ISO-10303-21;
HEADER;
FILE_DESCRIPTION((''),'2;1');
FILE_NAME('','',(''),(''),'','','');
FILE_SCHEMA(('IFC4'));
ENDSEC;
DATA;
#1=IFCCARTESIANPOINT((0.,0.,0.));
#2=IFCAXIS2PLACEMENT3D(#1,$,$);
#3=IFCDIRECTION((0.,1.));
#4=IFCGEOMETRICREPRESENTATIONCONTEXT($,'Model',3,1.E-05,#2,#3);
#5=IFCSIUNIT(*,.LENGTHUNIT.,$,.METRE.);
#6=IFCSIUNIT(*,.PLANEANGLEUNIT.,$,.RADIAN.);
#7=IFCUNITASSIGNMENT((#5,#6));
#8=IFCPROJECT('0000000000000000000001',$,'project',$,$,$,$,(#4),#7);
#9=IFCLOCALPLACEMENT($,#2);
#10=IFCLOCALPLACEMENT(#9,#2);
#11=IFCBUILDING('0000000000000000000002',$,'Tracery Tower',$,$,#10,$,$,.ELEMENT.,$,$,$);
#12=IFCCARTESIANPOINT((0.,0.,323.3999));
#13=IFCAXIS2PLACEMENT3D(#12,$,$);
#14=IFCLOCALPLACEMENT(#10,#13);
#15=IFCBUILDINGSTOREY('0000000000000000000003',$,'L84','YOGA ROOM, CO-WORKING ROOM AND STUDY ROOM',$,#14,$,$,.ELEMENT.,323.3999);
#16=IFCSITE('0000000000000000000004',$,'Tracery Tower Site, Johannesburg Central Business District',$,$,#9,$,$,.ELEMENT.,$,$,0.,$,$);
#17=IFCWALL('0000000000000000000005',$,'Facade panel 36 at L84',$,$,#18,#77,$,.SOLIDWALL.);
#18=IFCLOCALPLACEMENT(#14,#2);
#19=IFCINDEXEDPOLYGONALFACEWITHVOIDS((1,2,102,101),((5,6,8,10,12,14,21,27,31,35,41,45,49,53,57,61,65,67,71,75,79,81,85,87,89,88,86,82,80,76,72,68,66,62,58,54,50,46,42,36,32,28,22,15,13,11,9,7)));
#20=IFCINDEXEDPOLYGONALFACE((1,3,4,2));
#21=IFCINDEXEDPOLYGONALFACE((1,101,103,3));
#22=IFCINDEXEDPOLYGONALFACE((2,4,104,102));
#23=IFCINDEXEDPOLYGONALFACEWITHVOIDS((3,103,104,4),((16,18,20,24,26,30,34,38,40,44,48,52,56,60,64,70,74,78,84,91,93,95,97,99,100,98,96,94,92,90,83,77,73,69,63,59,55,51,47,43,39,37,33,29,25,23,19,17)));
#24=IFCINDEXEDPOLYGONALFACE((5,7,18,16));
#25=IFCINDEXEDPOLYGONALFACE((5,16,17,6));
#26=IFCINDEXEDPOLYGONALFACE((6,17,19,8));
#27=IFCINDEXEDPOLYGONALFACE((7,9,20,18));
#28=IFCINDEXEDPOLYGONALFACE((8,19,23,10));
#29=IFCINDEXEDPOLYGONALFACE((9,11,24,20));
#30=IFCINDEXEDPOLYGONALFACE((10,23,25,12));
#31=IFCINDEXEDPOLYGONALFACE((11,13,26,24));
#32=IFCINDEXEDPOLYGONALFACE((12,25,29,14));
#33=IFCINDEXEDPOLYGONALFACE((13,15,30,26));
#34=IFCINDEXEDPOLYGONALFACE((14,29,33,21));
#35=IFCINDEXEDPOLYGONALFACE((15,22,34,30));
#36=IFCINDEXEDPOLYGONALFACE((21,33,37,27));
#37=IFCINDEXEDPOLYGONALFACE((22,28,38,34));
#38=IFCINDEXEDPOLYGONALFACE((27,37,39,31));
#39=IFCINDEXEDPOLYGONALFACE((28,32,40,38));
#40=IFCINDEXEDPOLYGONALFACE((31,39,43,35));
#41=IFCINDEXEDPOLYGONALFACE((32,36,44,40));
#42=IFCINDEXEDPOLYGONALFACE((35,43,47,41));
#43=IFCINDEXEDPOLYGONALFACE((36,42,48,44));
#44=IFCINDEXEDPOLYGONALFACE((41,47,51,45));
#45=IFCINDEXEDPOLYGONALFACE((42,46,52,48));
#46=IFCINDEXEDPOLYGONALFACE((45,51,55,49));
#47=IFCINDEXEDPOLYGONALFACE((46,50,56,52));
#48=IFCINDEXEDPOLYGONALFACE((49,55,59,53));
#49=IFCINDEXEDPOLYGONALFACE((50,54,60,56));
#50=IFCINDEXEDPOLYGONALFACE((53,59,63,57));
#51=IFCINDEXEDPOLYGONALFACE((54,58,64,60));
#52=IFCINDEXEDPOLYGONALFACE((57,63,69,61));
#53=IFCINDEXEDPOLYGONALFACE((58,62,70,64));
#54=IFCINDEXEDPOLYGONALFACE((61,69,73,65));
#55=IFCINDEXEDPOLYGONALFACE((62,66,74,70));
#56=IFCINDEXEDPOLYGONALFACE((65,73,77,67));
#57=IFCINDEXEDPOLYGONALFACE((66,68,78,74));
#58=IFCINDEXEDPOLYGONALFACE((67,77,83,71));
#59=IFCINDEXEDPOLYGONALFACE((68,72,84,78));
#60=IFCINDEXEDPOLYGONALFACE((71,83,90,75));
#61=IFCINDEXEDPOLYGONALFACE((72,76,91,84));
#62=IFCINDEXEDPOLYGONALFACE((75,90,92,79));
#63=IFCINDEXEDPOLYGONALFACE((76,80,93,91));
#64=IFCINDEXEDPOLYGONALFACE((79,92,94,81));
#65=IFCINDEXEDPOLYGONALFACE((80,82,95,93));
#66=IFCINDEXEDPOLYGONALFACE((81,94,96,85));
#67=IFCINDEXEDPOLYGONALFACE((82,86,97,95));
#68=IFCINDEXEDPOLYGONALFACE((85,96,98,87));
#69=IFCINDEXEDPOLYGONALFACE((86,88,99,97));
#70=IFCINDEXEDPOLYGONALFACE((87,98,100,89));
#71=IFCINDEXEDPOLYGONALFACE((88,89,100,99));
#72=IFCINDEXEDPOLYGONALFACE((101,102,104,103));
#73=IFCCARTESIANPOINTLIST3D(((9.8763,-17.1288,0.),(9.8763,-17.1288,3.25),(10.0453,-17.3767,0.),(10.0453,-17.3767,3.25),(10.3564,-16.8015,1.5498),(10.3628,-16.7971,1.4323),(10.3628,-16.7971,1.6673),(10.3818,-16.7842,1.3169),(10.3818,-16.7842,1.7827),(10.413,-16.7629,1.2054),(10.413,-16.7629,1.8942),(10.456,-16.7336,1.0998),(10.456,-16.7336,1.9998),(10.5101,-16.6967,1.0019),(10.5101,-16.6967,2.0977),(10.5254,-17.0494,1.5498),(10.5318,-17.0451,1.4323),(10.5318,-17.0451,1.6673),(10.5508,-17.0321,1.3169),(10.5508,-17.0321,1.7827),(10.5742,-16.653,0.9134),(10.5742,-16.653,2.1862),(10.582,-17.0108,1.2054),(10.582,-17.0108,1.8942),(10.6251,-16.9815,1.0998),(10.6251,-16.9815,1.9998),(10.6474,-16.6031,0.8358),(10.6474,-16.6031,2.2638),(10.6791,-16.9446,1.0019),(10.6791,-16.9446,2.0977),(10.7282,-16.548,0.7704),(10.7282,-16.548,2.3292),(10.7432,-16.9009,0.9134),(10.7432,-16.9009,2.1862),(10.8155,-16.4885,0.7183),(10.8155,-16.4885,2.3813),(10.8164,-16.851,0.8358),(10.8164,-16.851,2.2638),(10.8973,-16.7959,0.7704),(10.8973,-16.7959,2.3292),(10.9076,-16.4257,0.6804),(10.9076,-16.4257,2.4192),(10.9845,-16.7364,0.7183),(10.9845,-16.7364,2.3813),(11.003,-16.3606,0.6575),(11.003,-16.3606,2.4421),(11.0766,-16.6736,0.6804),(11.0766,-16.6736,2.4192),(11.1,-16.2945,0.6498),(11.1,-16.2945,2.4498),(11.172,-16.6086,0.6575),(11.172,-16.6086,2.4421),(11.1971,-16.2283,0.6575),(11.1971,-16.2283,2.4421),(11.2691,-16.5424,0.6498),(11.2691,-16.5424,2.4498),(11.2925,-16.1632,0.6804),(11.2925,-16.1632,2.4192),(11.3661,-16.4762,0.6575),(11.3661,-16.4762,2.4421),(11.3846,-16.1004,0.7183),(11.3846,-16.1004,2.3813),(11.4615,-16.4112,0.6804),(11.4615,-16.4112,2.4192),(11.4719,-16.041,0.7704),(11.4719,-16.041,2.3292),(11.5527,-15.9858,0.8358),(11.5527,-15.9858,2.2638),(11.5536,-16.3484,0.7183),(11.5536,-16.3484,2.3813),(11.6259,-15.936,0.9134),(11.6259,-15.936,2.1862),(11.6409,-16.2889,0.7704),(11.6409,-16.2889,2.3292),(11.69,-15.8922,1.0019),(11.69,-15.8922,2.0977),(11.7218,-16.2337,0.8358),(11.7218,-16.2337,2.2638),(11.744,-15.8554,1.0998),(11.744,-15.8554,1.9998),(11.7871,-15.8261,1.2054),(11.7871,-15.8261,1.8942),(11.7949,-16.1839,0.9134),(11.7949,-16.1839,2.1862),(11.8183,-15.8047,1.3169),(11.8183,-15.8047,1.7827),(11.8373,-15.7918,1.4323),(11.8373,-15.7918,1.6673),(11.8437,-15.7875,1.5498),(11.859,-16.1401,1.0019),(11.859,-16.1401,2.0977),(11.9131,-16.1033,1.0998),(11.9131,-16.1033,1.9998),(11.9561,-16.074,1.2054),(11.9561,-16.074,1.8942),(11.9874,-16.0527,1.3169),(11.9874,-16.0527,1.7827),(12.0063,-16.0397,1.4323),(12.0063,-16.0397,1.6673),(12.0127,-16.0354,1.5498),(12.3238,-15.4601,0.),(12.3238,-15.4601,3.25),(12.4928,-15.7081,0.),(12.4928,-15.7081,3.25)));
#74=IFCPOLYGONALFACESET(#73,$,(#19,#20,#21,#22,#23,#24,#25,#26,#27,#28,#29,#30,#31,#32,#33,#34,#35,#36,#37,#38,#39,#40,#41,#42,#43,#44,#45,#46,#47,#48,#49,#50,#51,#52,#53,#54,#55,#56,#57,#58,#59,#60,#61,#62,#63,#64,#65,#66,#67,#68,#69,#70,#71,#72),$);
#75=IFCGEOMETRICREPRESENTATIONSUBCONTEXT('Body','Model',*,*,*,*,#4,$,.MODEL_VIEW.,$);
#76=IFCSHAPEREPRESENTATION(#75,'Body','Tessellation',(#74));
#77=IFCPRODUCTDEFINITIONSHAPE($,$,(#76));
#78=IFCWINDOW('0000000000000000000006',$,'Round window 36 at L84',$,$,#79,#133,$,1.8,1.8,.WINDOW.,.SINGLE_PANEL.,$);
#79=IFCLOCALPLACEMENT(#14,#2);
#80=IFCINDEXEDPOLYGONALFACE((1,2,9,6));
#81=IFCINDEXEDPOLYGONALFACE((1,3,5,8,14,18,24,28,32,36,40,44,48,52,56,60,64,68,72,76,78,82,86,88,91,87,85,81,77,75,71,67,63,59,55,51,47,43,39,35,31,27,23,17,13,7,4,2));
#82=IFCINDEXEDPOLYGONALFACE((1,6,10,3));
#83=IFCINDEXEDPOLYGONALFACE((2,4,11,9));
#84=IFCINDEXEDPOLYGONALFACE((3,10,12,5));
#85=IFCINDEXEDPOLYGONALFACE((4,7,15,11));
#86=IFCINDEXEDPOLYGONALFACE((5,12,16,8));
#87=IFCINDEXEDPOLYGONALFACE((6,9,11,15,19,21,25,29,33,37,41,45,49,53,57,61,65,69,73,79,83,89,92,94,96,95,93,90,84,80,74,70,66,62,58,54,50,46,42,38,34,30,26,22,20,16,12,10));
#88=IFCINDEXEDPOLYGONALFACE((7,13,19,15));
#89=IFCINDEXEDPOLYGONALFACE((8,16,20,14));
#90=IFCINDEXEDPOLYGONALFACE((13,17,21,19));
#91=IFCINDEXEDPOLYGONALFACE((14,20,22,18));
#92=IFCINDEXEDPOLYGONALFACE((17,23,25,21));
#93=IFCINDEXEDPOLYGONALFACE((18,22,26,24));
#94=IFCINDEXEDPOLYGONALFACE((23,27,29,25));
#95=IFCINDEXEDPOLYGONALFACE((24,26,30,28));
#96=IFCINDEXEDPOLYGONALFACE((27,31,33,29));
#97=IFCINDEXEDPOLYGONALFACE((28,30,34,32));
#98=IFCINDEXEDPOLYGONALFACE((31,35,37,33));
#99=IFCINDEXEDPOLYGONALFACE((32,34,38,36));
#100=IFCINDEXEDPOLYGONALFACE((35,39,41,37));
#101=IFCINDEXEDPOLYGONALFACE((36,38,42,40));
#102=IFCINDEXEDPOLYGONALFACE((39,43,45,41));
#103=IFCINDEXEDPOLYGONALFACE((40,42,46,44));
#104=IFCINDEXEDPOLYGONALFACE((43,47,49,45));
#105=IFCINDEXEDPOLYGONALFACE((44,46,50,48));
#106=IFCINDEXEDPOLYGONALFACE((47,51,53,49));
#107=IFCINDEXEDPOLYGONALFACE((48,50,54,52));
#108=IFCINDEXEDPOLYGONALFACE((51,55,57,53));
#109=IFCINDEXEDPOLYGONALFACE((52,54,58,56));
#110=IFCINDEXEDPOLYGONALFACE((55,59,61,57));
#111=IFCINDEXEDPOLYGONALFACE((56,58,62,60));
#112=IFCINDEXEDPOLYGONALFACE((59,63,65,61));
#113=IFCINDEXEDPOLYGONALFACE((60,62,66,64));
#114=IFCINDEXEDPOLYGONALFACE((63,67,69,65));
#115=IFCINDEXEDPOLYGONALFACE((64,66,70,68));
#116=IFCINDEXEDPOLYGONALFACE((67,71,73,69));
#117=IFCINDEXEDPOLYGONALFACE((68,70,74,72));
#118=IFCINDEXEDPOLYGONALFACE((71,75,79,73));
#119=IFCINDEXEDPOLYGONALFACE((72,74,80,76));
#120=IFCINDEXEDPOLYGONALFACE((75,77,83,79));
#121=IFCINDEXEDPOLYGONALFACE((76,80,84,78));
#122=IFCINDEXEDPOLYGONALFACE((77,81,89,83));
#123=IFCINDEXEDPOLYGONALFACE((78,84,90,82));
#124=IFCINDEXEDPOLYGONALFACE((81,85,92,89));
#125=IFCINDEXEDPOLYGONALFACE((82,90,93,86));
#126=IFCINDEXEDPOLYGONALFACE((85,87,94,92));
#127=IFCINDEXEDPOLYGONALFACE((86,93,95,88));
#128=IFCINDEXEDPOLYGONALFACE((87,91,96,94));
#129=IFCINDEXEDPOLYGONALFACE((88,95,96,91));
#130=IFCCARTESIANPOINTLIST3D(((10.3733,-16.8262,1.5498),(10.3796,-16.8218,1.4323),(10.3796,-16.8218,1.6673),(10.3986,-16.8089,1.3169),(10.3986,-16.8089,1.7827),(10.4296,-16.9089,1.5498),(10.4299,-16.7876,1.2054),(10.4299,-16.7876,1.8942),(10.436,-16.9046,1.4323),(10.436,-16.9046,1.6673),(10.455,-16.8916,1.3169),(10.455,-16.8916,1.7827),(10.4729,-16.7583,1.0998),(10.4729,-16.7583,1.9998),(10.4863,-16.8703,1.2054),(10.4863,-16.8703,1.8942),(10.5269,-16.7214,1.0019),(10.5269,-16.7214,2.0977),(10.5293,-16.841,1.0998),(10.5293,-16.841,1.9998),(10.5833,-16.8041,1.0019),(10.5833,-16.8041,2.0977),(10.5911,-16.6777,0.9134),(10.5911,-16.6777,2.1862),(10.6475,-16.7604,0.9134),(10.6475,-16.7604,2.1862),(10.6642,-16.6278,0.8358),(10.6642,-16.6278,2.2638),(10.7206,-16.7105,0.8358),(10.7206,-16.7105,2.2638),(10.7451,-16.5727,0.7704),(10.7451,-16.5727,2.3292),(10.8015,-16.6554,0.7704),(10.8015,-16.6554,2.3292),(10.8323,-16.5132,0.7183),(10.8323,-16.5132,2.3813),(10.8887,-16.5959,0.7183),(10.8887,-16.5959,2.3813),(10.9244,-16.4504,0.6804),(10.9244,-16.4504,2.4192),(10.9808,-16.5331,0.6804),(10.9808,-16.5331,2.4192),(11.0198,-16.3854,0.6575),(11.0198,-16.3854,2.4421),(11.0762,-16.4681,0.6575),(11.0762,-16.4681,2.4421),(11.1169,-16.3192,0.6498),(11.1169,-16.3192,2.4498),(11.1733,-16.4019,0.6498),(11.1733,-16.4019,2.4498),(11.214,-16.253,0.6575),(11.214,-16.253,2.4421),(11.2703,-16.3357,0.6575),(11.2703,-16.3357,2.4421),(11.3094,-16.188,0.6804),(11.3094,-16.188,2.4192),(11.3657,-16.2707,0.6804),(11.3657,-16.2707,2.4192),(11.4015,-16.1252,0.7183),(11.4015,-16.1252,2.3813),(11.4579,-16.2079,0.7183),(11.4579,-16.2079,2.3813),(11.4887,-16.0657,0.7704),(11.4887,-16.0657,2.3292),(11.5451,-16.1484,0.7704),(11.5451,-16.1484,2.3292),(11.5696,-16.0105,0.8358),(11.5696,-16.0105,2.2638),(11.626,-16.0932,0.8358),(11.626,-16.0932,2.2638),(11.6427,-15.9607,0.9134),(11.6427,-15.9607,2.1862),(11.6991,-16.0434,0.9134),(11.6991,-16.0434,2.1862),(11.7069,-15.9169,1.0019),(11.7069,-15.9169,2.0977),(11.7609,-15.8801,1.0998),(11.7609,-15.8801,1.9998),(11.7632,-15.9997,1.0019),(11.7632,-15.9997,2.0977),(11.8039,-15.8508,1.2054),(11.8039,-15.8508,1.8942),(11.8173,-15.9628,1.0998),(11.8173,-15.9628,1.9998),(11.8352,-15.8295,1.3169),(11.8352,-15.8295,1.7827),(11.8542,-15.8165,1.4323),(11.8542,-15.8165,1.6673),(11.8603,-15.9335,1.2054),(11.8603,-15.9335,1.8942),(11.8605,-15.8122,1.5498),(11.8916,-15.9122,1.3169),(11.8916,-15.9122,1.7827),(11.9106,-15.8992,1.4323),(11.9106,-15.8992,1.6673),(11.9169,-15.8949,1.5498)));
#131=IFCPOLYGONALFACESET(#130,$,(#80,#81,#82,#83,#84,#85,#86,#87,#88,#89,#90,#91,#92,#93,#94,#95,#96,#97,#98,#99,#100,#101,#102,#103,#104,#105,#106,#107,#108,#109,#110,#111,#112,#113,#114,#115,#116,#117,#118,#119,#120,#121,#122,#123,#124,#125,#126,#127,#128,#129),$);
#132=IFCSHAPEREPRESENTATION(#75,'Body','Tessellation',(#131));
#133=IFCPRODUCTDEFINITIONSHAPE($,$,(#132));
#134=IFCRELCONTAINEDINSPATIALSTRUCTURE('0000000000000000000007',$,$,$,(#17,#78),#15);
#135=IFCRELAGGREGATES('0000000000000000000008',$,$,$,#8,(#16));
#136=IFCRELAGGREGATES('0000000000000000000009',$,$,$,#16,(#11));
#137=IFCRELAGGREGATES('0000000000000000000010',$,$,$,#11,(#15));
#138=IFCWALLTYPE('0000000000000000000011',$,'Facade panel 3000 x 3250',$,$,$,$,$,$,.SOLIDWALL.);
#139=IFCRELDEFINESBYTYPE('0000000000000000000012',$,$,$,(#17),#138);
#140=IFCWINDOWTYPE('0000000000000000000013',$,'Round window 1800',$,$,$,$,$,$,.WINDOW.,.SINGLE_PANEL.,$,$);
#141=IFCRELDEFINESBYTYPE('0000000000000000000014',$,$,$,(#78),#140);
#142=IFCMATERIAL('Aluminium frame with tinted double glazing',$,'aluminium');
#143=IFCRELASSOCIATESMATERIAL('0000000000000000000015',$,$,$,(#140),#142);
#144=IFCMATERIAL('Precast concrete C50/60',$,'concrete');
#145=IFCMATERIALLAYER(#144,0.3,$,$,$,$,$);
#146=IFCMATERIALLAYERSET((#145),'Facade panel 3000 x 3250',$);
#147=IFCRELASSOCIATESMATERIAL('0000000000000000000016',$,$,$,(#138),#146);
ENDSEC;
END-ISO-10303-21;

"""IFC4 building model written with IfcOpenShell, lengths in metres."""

from ifc_helpers import new_model, si_unit, direction, frame, frame_2d, origin, origin_2d, place, context, subcontext, project, spatial, rectangle, circle, extrude, material, layer, layer_set, type_object, element, fill, save


model = new_model("IFC4")

# Units and contexts
model_context = context("Model", 3, precision=1e-05, world=origin(), true_north=direction((0.0, 1.0)))
body_context = subcontext(model_context, "Body", "Model", "MODEL_VIEW")
ifc_project = project(units=[si_unit("LENGTHUNIT", "METRE"), si_unit("PLANEANGLEUNIT", "RADIAN")], contexts=[model_context])

# Site, building, storey
site_placement = place(None, origin())
site = spatial("IfcSite", under=ifc_project, at=site_placement, Name="Tracery Tower Site, Johannesburg Central Business District", CompositionType="ELEMENT", RefElevation=0.0)
building_placement = place(site_placement, origin())
building = spatial("IfcBuilding", under=site, at=building_placement, Name="Tracery Tower", CompositionType="ELEMENT")
storey_placement = place(building_placement, frame((0.0, 0.0, 323.3999)))
storey = spatial("IfcBuildingStorey", under=building, at=storey_placement, Name="L84", Description="YOGA ROOM, CO-WORKING ROOM AND STUDY ROOM", CompositionType="ELEMENT", Elevation=323.3999)

# Wall, opening, window
ifc_material_1 = material(Name="Aluminium frame with tinted double glazing", Category="aluminium")
window_type = type_object("IfcWindowType", Name="Round window 1800", PartitioningType="SINGLE_PANEL", PredefinedType="WINDOW", material=ifc_material_1)
ifc_material_2 = material(Name="Precast concrete C50/60", Category="concrete")
ifc_layer_1 = layer(ifc_material_2, 0.3)
ifc_layer_set_1 = layer_set([ifc_layer_1], Name="Facade panel 3000 x 3250")
wall_type_1 = type_object("IfcWallType", Name="Facade panel 3000 x 3250", PredefinedType="SOLIDWALL", material=ifc_layer_set_1)
wall_1_placement = place(storey_placement, frame((9.9609, -17.2527, 0.0), z_axis=(0.0, 0.0, 1.0), x_axis=(0.826236, 0.563324, 0.0)))
wall_1 = element("IfcWall", 1, at=wall_1_placement, inside=storey, type_object=wall_type_1, Name="Facade panel 36 at L84", PredefinedType="SOLIDWALL", context=body_context, shape_type="SweptSolid", body=[
    extrude(rectangle(XDim=2.9622, YDim=0.3, at=frame_2d((1.481, 0.0))), origin(), (0.0, 0.0, 1.0), 3.25),
])
opening_1_placement = place(wall_1_placement, frame((1.481, 0.0, 1.5498)))
opening_1 = element("IfcOpeningElement", 2, at=opening_1_placement, cuts=wall_1, PredefinedType="OPENING", context=body_context, shape_type="SweptSolid", body=[
    extrude(circle(Radius=0.9, at=origin_2d()), frame((0.0, 0.1599, 0.0), z_axis=(0.0, -1.0, 0.0), x_axis=(1.0, 0.0, 0.0)), (0.0, 0.0, 1.0), 0.3201),
])
window_1_placement = place(opening_1_placement, origin())
window_1 = element("IfcWindow", 3, at=window_1_placement, inside=storey, type_object=window_type, Name="Round window 36 at L84", OverallHeight=1.8, OverallWidth=1.8, PartitioningType="SINGLE_PANEL", PredefinedType="WINDOW", context=body_context, shape_type="SweptSolid", body=[
    extrude(circle(Radius=0.9, at=origin_2d()), frame((0.0, 0.1201, 0.0), z_axis=(0.0, -1.0, 0.0), x_axis=(1.0, 0.0, 0.0)), (0.0, 0.0, 1.0), 0.1001),
])
fill(opening_1, window_1)

save(model, "model.ifc")
